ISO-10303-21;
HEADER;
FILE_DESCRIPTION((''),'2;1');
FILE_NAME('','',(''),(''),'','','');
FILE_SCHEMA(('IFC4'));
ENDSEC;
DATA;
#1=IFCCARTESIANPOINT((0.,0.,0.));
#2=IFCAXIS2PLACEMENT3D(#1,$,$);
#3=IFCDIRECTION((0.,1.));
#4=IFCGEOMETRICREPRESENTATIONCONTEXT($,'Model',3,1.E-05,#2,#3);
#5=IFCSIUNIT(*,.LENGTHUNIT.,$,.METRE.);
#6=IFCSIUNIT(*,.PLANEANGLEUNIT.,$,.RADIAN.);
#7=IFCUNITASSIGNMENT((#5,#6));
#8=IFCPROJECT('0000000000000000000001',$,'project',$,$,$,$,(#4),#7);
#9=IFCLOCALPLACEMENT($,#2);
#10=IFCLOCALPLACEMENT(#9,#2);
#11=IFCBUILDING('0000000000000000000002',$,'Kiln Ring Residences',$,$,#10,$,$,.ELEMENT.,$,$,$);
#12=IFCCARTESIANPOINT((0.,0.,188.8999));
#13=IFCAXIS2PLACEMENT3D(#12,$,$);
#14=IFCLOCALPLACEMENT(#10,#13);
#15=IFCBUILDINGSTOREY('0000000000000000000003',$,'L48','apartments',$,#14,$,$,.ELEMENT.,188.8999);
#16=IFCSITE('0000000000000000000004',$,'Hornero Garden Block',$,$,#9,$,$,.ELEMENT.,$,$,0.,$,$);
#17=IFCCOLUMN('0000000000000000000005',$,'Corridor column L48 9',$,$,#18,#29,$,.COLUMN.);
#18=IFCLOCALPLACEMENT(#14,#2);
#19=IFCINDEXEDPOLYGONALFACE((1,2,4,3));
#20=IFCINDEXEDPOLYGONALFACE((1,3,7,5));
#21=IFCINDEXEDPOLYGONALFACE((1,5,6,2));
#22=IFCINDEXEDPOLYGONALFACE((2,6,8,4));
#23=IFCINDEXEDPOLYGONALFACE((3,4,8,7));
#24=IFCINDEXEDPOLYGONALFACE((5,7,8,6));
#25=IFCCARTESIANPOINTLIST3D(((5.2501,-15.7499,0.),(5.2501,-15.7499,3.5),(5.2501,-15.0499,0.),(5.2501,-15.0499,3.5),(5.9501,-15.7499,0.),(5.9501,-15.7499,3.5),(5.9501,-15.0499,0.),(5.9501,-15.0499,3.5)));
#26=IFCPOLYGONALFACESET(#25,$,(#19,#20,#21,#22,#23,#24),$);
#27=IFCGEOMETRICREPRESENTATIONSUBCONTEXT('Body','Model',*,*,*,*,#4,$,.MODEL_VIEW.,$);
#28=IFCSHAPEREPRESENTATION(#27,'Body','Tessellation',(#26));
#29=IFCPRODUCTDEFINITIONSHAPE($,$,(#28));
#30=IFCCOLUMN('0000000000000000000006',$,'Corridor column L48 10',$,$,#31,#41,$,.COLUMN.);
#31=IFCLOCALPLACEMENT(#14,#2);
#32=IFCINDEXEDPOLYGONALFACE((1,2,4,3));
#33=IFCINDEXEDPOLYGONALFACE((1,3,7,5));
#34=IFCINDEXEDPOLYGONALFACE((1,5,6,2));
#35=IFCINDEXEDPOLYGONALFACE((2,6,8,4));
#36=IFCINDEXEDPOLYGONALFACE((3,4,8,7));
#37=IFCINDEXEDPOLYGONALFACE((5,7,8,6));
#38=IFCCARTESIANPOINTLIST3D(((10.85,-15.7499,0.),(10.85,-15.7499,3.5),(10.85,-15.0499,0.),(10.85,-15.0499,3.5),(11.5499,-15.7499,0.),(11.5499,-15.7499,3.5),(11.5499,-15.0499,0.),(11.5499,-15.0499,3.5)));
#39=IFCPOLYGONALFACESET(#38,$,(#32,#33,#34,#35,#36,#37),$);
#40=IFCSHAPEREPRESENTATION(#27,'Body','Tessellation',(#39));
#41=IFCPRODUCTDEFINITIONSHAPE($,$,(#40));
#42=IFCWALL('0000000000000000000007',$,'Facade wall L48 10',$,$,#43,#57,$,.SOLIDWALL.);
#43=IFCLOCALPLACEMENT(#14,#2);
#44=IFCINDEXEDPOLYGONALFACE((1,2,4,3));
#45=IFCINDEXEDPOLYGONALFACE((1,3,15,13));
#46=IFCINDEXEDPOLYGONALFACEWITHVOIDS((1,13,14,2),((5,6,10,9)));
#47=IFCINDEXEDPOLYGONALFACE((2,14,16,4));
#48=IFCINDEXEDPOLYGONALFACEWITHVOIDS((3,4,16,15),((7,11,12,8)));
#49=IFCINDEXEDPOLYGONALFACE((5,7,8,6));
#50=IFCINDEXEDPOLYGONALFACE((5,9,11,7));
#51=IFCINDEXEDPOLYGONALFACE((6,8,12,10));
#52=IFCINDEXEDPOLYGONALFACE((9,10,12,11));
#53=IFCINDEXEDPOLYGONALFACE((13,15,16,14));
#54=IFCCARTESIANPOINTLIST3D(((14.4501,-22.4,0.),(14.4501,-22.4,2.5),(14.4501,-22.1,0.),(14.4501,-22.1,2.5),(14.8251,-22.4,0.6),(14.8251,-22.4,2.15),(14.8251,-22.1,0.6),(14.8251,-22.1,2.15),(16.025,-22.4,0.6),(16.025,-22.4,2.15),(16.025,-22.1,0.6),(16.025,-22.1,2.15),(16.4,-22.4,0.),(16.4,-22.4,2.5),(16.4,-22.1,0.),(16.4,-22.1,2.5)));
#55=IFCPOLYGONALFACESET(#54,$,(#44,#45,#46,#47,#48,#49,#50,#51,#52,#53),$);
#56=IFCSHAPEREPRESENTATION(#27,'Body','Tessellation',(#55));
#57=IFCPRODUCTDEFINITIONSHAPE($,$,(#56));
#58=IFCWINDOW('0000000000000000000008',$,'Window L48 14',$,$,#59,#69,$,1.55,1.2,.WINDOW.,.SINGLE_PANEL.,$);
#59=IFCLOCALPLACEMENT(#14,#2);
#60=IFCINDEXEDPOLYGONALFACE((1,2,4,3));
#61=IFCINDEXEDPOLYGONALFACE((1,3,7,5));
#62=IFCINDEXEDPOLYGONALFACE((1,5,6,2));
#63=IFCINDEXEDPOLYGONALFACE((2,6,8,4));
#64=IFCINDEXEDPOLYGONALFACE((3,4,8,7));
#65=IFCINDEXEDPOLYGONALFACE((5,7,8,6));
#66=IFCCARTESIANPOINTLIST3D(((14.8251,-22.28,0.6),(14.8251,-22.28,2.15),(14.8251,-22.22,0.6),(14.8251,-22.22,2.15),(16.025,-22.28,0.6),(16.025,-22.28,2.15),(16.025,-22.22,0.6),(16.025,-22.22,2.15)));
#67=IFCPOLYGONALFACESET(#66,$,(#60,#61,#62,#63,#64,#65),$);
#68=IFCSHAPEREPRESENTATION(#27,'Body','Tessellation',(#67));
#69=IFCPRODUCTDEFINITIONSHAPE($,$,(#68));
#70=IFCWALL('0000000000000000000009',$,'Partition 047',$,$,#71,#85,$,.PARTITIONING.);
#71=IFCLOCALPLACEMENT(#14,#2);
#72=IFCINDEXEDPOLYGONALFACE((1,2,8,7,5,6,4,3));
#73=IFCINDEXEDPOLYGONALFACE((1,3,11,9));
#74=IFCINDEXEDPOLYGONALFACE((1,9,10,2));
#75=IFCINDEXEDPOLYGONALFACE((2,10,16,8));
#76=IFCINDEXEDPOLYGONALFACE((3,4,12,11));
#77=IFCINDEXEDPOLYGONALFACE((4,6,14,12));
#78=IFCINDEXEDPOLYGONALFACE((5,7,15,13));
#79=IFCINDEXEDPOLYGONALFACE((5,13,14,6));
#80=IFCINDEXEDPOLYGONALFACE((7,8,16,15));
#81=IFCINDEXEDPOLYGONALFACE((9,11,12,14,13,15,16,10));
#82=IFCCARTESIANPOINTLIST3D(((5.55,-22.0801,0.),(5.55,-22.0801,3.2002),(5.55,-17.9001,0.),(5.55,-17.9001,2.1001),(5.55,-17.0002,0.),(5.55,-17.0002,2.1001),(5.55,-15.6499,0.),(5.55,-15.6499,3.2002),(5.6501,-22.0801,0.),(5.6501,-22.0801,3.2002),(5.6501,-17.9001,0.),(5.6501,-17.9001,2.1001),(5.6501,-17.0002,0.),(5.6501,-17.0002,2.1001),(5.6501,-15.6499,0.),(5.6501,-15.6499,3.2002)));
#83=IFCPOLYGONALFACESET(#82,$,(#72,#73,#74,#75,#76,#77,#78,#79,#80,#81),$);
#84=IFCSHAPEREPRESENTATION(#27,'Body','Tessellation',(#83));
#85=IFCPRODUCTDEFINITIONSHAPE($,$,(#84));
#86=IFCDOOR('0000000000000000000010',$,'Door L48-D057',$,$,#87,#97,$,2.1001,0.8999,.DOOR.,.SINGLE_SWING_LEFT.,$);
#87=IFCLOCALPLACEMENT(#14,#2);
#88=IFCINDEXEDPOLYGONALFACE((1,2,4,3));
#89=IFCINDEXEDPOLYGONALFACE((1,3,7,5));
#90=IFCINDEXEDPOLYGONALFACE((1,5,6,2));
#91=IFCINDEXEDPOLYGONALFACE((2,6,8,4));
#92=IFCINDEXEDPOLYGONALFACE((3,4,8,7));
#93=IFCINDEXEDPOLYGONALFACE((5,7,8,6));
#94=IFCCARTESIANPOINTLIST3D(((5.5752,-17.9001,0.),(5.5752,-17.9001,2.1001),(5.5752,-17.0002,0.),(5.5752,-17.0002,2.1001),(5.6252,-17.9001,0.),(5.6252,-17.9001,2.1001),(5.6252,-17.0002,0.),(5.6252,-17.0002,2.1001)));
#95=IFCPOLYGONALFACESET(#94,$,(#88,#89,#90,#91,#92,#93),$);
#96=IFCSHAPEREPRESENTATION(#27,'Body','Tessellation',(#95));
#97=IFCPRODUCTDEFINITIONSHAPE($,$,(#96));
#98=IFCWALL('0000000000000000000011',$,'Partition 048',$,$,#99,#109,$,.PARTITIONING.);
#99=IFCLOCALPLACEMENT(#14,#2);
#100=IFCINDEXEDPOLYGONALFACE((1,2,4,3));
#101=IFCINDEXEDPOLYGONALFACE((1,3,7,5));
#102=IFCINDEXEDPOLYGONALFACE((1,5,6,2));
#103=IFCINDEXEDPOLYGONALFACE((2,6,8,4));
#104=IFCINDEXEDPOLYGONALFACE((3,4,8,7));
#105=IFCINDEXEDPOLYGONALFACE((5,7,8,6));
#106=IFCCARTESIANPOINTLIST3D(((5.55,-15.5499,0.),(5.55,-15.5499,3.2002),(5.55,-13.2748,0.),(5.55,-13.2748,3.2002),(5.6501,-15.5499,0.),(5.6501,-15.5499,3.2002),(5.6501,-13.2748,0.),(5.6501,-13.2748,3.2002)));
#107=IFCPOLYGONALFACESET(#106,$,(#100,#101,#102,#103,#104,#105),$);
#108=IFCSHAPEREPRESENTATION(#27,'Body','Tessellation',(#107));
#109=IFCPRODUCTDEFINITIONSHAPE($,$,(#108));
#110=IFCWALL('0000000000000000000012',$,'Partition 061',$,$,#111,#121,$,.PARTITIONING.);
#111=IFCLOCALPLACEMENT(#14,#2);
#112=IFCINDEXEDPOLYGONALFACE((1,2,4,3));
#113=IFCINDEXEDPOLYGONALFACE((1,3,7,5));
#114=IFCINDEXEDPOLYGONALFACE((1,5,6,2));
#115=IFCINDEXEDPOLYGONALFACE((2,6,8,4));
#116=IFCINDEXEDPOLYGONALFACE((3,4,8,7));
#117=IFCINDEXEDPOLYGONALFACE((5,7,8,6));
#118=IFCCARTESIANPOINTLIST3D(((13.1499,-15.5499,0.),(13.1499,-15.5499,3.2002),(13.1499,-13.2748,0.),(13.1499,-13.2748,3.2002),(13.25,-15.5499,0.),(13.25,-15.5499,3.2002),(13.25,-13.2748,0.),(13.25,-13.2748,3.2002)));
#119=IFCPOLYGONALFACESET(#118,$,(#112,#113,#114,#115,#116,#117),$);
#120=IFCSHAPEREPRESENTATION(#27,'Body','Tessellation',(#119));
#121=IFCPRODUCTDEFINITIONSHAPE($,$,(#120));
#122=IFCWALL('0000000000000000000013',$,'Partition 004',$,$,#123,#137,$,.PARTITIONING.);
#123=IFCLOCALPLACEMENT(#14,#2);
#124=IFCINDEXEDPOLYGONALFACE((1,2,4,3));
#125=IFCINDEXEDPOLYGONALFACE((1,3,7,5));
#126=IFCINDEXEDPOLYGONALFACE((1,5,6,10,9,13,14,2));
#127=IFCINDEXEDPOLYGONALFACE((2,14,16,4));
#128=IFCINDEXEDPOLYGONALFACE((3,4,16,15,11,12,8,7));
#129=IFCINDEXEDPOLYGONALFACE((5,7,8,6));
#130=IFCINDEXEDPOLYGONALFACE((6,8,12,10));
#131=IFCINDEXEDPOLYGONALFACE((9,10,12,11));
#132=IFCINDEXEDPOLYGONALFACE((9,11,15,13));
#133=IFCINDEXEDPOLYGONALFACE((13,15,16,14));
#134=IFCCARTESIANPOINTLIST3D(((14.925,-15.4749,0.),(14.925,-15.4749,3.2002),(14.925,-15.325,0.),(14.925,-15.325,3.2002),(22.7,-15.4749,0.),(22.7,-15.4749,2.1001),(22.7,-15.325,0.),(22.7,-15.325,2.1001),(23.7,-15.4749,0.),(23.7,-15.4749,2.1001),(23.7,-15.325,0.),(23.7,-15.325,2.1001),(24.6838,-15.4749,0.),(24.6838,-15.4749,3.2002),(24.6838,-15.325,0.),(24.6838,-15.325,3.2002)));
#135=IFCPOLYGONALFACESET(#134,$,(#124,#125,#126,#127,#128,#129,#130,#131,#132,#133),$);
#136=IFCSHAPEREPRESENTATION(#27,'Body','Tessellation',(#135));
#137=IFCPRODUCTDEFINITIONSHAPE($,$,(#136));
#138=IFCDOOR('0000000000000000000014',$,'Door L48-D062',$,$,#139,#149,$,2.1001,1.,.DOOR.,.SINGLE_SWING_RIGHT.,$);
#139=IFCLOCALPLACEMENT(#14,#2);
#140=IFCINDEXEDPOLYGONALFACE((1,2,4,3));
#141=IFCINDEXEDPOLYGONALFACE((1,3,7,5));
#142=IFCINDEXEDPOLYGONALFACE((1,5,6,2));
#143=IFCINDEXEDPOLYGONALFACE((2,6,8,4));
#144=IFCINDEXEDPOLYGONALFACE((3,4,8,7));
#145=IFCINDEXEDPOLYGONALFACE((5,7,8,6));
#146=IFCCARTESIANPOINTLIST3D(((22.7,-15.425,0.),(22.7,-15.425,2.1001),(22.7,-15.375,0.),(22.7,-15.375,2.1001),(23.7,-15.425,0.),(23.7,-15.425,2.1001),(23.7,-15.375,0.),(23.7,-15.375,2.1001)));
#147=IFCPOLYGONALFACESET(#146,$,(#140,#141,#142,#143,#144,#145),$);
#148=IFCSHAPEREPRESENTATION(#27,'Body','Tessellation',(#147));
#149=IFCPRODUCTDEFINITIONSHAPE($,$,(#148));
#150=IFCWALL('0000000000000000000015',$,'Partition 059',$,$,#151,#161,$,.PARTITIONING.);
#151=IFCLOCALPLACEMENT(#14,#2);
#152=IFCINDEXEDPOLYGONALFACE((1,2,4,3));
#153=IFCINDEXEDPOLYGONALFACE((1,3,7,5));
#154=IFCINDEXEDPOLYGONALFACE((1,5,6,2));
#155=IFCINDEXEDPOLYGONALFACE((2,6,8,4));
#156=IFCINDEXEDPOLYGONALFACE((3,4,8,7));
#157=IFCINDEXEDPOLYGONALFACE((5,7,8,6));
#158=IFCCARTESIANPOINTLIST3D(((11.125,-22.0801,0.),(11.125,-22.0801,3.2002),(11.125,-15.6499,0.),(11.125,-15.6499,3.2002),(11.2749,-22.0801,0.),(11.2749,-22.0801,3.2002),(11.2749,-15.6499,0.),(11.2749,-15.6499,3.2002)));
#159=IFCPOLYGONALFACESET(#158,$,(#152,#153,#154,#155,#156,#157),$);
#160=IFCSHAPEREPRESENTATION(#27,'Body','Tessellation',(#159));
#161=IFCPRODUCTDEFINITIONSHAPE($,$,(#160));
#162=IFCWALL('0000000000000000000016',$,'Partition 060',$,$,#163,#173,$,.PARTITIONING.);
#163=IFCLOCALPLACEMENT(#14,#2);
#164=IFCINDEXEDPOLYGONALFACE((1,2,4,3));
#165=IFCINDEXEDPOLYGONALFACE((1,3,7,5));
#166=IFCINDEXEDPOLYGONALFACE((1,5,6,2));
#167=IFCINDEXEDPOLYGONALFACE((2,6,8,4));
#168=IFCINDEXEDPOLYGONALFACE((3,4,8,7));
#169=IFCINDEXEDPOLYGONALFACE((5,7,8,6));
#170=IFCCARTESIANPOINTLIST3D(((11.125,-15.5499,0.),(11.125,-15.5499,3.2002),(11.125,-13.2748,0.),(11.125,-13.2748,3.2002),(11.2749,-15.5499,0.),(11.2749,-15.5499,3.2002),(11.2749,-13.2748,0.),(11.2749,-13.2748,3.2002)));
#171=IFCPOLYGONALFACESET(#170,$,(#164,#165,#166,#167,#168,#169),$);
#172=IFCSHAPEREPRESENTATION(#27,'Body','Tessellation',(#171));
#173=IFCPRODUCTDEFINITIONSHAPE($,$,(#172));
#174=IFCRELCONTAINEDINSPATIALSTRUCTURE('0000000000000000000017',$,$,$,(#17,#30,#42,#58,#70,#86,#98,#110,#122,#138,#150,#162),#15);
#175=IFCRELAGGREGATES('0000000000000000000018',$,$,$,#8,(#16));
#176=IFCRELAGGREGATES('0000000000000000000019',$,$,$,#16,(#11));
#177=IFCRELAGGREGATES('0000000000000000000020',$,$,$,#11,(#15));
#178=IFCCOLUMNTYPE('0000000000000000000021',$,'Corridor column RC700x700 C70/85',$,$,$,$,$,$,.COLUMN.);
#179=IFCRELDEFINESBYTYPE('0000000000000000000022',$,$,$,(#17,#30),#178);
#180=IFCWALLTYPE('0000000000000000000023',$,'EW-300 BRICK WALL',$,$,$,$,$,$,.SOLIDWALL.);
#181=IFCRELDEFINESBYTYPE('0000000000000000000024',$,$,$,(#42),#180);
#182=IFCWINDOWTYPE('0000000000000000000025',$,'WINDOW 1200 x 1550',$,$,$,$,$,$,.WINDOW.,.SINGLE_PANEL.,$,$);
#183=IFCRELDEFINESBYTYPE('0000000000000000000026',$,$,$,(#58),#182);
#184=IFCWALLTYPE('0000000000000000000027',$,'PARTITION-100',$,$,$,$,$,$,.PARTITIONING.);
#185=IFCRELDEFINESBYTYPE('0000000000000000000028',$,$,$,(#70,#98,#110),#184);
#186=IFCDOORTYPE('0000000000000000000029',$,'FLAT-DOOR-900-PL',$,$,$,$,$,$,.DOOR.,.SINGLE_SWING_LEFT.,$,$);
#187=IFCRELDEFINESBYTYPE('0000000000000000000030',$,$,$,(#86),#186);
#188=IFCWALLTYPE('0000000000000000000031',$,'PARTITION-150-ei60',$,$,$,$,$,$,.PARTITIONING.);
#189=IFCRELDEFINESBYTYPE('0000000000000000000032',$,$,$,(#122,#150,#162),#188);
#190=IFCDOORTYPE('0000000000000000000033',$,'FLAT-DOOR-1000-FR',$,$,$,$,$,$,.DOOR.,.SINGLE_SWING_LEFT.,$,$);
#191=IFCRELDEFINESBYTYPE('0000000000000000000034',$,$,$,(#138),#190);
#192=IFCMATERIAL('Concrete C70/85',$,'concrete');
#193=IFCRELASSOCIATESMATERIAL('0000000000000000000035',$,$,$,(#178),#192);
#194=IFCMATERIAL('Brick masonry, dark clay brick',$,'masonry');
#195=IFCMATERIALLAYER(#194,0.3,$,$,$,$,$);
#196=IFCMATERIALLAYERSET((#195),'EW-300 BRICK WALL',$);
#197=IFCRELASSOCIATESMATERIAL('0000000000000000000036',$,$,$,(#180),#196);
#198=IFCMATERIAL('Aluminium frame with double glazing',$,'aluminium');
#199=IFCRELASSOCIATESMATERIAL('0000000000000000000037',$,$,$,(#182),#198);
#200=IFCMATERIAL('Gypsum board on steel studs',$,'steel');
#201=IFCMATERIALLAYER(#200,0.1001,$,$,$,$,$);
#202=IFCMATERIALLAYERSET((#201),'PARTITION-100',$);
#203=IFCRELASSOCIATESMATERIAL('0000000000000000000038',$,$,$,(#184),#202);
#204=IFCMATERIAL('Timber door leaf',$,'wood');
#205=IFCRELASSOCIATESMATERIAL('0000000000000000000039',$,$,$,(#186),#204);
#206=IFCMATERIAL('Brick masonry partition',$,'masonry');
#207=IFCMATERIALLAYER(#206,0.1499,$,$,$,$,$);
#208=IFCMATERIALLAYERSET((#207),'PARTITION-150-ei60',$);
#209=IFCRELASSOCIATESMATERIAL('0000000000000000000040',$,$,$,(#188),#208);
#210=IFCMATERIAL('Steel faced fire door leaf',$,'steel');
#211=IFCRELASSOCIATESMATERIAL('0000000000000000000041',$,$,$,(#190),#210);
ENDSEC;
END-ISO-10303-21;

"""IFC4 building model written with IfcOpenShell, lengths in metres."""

from ifc_helpers import new_model, si_unit, direction, frame, frame_2d, origin, origin_2d, place, context, subcontext, project, spatial, rectangle, extrude, material, layer, layer_set, material_profile, profile_set, type_object, element, fill, save


model = new_model("IFC4")

# Units and contexts
model_context = context("Model", 3, precision=1e-05, world=origin(), true_north=direction((0.0, 1.0)))
body_context = subcontext(model_context, "Body", "Model", "MODEL_VIEW")
ifc_project = project(units=[si_unit("LENGTHUNIT", "METRE"), si_unit("PLANEANGLEUNIT", "RADIAN")], contexts=[model_context])

# Site, building, storey
site_placement = place(None, origin())
site = spatial("IfcSite", under=ifc_project, at=site_placement, Name="Hornero Garden Block", CompositionType="ELEMENT", RefElevation=0.0)
building_placement = place(site_placement, origin())
building = spatial("IfcBuilding", under=site, at=building_placement, Name="Kiln Ring Residences", CompositionType="ELEMENT")
storey_placement = place(building_placement, frame((0.0, 0.0, 188.8999)))
storey = spatial("IfcBuildingStorey", under=building, at=storey_placement, Name="L48", Description="apartments", CompositionType="ELEMENT", Elevation=188.8999)

# Columns
ifc_material_1 = material(Name="Concrete C70/85", Category="concrete")
ifc_material_profile = material_profile(ifc_material_1, rectangle(XDim=0.7, YDim=0.7, at=origin_2d()), Name="RC700x700")
ifc_profile_set = profile_set([ifc_material_profile], Name="Concrete C70/85")
column_type = type_object("IfcColumnType", Name="Corridor column RC700x700 C70/85", PredefinedType="COLUMN", material=ifc_profile_set)
for number, where, z_axis, x_axis, name in (
    (1, (5.6001, -15.3999, 0.0), (0.0, 0.0, 1.0), (1.0, 0.0, 0.0), "Corridor column L48 9"),
    (2, (11.2, -15.3999, 0.0), (0.0, 0.0, 1.0), (1.0, 0.0, 0.0), "Corridor column L48 10"),
):
    element("IfcColumn", number, at=place(storey_placement, frame(where, z_axis=z_axis, x_axis=x_axis)), inside=storey, type_object=column_type, Name=name, PredefinedType="COLUMN", context=body_context, shape_type="SweptSolid", body=[
        extrude(rectangle(XDim=0.7, YDim=0.7, at=origin_2d()), origin(), (0.0, 0.0, 1.0), 3.5),
    ])

# Wall, opening, window
ifc_material_2 = material(Name="Brick masonry, dark clay brick", Category="masonry")
ifc_layer_1 = layer(ifc_material_2, 0.3)
ifc_layer_set_1 = layer_set([ifc_layer_1], Name="EW-300 BRICK WALL")
wall_type_1 = type_object("IfcWallType", Name="EW-300 BRICK WALL", PredefinedType="SOLIDWALL", material=ifc_layer_set_1)
wall_1_placement = place(storey_placement, frame((14.45, -22.25, 0.0), z_axis=(0.0, 0.0, 1.0), x_axis=(1.0, 0.0, 0.0)))
wall_1 = element("IfcWall", 3, at=wall_1_placement, inside=storey, type_object=wall_type_1, Name="Facade wall L48 10", PredefinedType="SOLIDWALL", context=body_context, shape_type="SweptSolid", body=[
    extrude(rectangle(XDim=1.95, YDim=0.3, at=frame_2d((0.9751, 0.0))), origin(), (0.0, 0.0, 1.0), 2.5),
])
opening_1_placement = place(wall_1_placement, frame((0.375, 0.0, 0.6001)))
opening_1 = element("IfcOpeningElement", 4, at=opening_1_placement, cuts=wall_1, PredefinedType="OPENING", context=body_context, shape_type="SweptSolid", body=[
    extrude(rectangle(XDim=1.2, YDim=1.55, at=frame_2d((0.6001, 0.7749))), frame((0.0, 0.1599, 0.0), z_axis=(0.0, -1.0, 0.0), x_axis=(1.0, 0.0, 0.0)), (0.0, 0.0, 1.0), 0.3201),
])
ifc_material_3 = material(Name="Aluminium frame with double glazing", Category="aluminium")
window_type = type_object("IfcWindowType", Name="WINDOW 1200 x 1550", PartitioningType="SINGLE_PANEL", PredefinedType="WINDOW", material=ifc_material_3)
window_placement = place(opening_1_placement, origin())
window = element("IfcWindow", 5, at=window_placement, inside=storey, type_object=window_type, Name="Window L48 14", OverallHeight=1.55, OverallWidth=1.2, PartitioningType="SINGLE_PANEL", PredefinedType="WINDOW", context=body_context, shape_type="SweptSolid", body=[
    extrude(rectangle(XDim=1.2, YDim=1.55, at=frame_2d((0.6001, 0.7749))), frame((0.0, 0.03, 0.0), z_axis=(0.0, -1.0, 0.0), x_axis=(1.0, 0.0, 0.0)), (0.0, 0.0, 1.0), 0.0601),
])
fill(opening_1, window)

# Wall, opening, door
ifc_material_4 = material(Name="Gypsum board on steel studs", Category="steel")
ifc_layer_2 = layer(ifc_material_4, 0.1001)
ifc_layer_set_2 = layer_set([ifc_layer_2], Name="PARTITION-100")
wall_type_2 = type_object("IfcWallType", Name="PARTITION-100", PredefinedType="PARTITIONING", material=ifc_layer_set_2)
wall_2_placement = place(storey_placement, frame((5.6001, -22.0801, 0.0), z_axis=(0.0, 0.0, 1.0), x_axis=(0.0, 1.0, 0.0)))
wall_2 = element("IfcWall", 6, at=wall_2_placement, inside=storey, type_object=wall_type_2, Name="Partition 047", PredefinedType="PARTITIONING", context=body_context, shape_type="SweptSolid", body=[
    extrude(rectangle(XDim=6.4302, YDim=0.1001, at=frame_2d((3.2151, 0.0))), origin(), (0.0, 0.0, 1.0), 3.2002),
])
opening_2_placement = place(wall_2_placement, frame((4.1799, 0.0, 0.0)))
opening_2 = element("IfcOpeningElement", 7, at=opening_2_placement, cuts=wall_2, PredefinedType="OPENING", context=body_context, shape_type="SweptSolid", body=[
    extrude(rectangle(XDim=0.8999, YDim=2.1001, at=frame_2d((0.45, 1.05))), frame((0.0, 0.0601, 0.0), z_axis=(0.0, -1.0, 0.0), x_axis=(1.0, 0.0, 0.0)), (0.0, 0.0, 1.0), 0.1201),
])
ifc_material_5 = material(Name="Timber door leaf", Category="wood")
door_type_1 = type_object("IfcDoorType", Name="FLAT-DOOR-900-PL", OperationType="SINGLE_SWING_LEFT", PredefinedType="DOOR", material=ifc_material_5)
door_1_placement = place(opening_2_placement, origin())
door_1 = element("IfcDoor", 8, at=door_1_placement, inside=storey, type_object=door_type_1, Name="Door L48-D057", OperationType="SINGLE_SWING_LEFT", OverallHeight=2.1001, OverallWidth=0.8999, PredefinedType="DOOR", context=body_context, shape_type="SweptSolid", body=[
    extrude(rectangle(XDim=0.8999, YDim=2.1001, at=frame_2d((0.45, 1.05))), frame((0.0, 0.0249, 0.0), z_axis=(0.0, -1.0, 0.0), x_axis=(1.0, 0.0, 0.0)), (0.0, 0.0, 1.0), 0.05),
])
fill(opening_2, door_1)

# Walls
for number, where, z_axis, x_axis, name in (
    (9, (5.6001, -15.55, 0.0), (0.0, 0.0, 1.0), (0.0, 1.0, 0.0), "Partition 048"),
    (10, (13.2, -15.55, 0.0), (0.0, 0.0, 1.0), (0.0, 1.0, 0.0), "Partition 061"),
):
    element("IfcWall", number, at=place(storey_placement, frame(where, z_axis=z_axis, x_axis=x_axis)), inside=storey, type_object=wall_type_2, Name=name, PredefinedType="PARTITIONING", context=body_context, shape_type="SweptSolid", body=[
        extrude(rectangle(XDim=2.2751, YDim=0.1001, at=frame_2d((1.1377, 0.0))), origin(), (0.0, 0.0, 1.0), 3.2002),
    ])

# Wall, opening, door
ifc_material_6 = material(Name="Brick masonry partition", Category="masonry")
ifc_layer_3 = layer(ifc_material_6, 0.1499)
ifc_layer_set_3 = layer_set([ifc_layer_3], Name="PARTITION-150-ei60")
wall_type_3 = type_object("IfcWallType", Name="PARTITION-150-ei60", PredefinedType="PARTITIONING", material=ifc_layer_set_3)
wall_3_placement = place(storey_placement, frame((14.925, -15.3999, 0.0), z_axis=(0.0, 0.0, 1.0), x_axis=(1.0, 0.0, 0.0)))
wall_3 = element("IfcWall", 11, at=wall_3_placement, inside=storey, type_object=wall_type_3, Name="Partition 004", PredefinedType="PARTITIONING", context=body_context, shape_type="SweptSolid", body=[
    extrude(rectangle(XDim=9.7588, YDim=0.1499, at=frame_2d((4.8794, 0.0))), origin(), (0.0, 0.0, 1.0), 3.2002),
])
opening_3_placement = place(wall_3_placement, frame((7.7749, 0.0, 0.0)))
opening_3 = element("IfcOpeningElement", 12, at=opening_3_placement, cuts=wall_3, PredefinedType="OPENING", context=body_context, shape_type="SweptSolid", body=[
    extrude(rectangle(XDim=1.0, YDim=2.1001, at=frame_2d((0.5, 1.05))), frame((0.0, 0.085, 0.0), z_axis=(0.0, -1.0, 0.0), x_axis=(1.0, 0.0, 0.0)), (0.0, 0.0, 1.0), 0.1699),
])
ifc_material_7 = material(Name="Steel faced fire door leaf", Category="steel")
door_type_2 = type_object("IfcDoorType", Name="FLAT-DOOR-1000-FR", OperationType="SINGLE_SWING_LEFT", PredefinedType="DOOR", material=ifc_material_7)
door_2_placement = place(opening_3_placement, origin())
door_2 = element("IfcDoor", 13, at=door_2_placement, inside=storey, type_object=door_type_2, Name="Door L48-D062", OperationType="SINGLE_SWING_RIGHT", OverallHeight=2.1001, OverallWidth=1.0, PredefinedType="DOOR", context=body_context, shape_type="SweptSolid", body=[
    extrude(rectangle(XDim=1.0, YDim=2.1001, at=frame_2d((0.5, 1.05))), frame((0.0, 0.0249, 0.0), z_axis=(0.0, -1.0, 0.0), x_axis=(1.0, 0.0, 0.0)), (0.0, 0.0, 1.0), 0.05),
])
fill(opening_3, door_2)

# Walls
wall_4_placement = place(storey_placement, frame((11.2, -22.0801, 0.0), z_axis=(0.0, 0.0, 1.0), x_axis=(0.0, 1.0, 0.0)))
element("IfcWall", 14, at=wall_4_placement, inside=storey, type_object=wall_type_3, Name="Partition 059", PredefinedType="PARTITIONING", context=body_context, shape_type="SweptSolid", body=[
    extrude(rectangle(XDim=6.4302, YDim=0.1499, at=frame_2d((3.2151, 0.0))), origin(), (0.0, 0.0, 1.0), 3.2002),
])
wall_5_placement = place(storey_placement, frame((11.2, -15.55, 0.0), z_axis=(0.0, 0.0, 1.0), x_axis=(0.0, 1.0, 0.0)))
element("IfcWall", 15, at=wall_5_placement, inside=storey, type_object=wall_type_3, Name="Partition 060", PredefinedType="PARTITIONING", context=body_context, shape_type="SweptSolid", body=[
    extrude(rectangle(XDim=2.2751, YDim=0.1499, at=frame_2d((1.1377, 0.0))), origin(), (0.0, 0.0, 1.0), 3.2002),
])

save(model, "model.ifc")
